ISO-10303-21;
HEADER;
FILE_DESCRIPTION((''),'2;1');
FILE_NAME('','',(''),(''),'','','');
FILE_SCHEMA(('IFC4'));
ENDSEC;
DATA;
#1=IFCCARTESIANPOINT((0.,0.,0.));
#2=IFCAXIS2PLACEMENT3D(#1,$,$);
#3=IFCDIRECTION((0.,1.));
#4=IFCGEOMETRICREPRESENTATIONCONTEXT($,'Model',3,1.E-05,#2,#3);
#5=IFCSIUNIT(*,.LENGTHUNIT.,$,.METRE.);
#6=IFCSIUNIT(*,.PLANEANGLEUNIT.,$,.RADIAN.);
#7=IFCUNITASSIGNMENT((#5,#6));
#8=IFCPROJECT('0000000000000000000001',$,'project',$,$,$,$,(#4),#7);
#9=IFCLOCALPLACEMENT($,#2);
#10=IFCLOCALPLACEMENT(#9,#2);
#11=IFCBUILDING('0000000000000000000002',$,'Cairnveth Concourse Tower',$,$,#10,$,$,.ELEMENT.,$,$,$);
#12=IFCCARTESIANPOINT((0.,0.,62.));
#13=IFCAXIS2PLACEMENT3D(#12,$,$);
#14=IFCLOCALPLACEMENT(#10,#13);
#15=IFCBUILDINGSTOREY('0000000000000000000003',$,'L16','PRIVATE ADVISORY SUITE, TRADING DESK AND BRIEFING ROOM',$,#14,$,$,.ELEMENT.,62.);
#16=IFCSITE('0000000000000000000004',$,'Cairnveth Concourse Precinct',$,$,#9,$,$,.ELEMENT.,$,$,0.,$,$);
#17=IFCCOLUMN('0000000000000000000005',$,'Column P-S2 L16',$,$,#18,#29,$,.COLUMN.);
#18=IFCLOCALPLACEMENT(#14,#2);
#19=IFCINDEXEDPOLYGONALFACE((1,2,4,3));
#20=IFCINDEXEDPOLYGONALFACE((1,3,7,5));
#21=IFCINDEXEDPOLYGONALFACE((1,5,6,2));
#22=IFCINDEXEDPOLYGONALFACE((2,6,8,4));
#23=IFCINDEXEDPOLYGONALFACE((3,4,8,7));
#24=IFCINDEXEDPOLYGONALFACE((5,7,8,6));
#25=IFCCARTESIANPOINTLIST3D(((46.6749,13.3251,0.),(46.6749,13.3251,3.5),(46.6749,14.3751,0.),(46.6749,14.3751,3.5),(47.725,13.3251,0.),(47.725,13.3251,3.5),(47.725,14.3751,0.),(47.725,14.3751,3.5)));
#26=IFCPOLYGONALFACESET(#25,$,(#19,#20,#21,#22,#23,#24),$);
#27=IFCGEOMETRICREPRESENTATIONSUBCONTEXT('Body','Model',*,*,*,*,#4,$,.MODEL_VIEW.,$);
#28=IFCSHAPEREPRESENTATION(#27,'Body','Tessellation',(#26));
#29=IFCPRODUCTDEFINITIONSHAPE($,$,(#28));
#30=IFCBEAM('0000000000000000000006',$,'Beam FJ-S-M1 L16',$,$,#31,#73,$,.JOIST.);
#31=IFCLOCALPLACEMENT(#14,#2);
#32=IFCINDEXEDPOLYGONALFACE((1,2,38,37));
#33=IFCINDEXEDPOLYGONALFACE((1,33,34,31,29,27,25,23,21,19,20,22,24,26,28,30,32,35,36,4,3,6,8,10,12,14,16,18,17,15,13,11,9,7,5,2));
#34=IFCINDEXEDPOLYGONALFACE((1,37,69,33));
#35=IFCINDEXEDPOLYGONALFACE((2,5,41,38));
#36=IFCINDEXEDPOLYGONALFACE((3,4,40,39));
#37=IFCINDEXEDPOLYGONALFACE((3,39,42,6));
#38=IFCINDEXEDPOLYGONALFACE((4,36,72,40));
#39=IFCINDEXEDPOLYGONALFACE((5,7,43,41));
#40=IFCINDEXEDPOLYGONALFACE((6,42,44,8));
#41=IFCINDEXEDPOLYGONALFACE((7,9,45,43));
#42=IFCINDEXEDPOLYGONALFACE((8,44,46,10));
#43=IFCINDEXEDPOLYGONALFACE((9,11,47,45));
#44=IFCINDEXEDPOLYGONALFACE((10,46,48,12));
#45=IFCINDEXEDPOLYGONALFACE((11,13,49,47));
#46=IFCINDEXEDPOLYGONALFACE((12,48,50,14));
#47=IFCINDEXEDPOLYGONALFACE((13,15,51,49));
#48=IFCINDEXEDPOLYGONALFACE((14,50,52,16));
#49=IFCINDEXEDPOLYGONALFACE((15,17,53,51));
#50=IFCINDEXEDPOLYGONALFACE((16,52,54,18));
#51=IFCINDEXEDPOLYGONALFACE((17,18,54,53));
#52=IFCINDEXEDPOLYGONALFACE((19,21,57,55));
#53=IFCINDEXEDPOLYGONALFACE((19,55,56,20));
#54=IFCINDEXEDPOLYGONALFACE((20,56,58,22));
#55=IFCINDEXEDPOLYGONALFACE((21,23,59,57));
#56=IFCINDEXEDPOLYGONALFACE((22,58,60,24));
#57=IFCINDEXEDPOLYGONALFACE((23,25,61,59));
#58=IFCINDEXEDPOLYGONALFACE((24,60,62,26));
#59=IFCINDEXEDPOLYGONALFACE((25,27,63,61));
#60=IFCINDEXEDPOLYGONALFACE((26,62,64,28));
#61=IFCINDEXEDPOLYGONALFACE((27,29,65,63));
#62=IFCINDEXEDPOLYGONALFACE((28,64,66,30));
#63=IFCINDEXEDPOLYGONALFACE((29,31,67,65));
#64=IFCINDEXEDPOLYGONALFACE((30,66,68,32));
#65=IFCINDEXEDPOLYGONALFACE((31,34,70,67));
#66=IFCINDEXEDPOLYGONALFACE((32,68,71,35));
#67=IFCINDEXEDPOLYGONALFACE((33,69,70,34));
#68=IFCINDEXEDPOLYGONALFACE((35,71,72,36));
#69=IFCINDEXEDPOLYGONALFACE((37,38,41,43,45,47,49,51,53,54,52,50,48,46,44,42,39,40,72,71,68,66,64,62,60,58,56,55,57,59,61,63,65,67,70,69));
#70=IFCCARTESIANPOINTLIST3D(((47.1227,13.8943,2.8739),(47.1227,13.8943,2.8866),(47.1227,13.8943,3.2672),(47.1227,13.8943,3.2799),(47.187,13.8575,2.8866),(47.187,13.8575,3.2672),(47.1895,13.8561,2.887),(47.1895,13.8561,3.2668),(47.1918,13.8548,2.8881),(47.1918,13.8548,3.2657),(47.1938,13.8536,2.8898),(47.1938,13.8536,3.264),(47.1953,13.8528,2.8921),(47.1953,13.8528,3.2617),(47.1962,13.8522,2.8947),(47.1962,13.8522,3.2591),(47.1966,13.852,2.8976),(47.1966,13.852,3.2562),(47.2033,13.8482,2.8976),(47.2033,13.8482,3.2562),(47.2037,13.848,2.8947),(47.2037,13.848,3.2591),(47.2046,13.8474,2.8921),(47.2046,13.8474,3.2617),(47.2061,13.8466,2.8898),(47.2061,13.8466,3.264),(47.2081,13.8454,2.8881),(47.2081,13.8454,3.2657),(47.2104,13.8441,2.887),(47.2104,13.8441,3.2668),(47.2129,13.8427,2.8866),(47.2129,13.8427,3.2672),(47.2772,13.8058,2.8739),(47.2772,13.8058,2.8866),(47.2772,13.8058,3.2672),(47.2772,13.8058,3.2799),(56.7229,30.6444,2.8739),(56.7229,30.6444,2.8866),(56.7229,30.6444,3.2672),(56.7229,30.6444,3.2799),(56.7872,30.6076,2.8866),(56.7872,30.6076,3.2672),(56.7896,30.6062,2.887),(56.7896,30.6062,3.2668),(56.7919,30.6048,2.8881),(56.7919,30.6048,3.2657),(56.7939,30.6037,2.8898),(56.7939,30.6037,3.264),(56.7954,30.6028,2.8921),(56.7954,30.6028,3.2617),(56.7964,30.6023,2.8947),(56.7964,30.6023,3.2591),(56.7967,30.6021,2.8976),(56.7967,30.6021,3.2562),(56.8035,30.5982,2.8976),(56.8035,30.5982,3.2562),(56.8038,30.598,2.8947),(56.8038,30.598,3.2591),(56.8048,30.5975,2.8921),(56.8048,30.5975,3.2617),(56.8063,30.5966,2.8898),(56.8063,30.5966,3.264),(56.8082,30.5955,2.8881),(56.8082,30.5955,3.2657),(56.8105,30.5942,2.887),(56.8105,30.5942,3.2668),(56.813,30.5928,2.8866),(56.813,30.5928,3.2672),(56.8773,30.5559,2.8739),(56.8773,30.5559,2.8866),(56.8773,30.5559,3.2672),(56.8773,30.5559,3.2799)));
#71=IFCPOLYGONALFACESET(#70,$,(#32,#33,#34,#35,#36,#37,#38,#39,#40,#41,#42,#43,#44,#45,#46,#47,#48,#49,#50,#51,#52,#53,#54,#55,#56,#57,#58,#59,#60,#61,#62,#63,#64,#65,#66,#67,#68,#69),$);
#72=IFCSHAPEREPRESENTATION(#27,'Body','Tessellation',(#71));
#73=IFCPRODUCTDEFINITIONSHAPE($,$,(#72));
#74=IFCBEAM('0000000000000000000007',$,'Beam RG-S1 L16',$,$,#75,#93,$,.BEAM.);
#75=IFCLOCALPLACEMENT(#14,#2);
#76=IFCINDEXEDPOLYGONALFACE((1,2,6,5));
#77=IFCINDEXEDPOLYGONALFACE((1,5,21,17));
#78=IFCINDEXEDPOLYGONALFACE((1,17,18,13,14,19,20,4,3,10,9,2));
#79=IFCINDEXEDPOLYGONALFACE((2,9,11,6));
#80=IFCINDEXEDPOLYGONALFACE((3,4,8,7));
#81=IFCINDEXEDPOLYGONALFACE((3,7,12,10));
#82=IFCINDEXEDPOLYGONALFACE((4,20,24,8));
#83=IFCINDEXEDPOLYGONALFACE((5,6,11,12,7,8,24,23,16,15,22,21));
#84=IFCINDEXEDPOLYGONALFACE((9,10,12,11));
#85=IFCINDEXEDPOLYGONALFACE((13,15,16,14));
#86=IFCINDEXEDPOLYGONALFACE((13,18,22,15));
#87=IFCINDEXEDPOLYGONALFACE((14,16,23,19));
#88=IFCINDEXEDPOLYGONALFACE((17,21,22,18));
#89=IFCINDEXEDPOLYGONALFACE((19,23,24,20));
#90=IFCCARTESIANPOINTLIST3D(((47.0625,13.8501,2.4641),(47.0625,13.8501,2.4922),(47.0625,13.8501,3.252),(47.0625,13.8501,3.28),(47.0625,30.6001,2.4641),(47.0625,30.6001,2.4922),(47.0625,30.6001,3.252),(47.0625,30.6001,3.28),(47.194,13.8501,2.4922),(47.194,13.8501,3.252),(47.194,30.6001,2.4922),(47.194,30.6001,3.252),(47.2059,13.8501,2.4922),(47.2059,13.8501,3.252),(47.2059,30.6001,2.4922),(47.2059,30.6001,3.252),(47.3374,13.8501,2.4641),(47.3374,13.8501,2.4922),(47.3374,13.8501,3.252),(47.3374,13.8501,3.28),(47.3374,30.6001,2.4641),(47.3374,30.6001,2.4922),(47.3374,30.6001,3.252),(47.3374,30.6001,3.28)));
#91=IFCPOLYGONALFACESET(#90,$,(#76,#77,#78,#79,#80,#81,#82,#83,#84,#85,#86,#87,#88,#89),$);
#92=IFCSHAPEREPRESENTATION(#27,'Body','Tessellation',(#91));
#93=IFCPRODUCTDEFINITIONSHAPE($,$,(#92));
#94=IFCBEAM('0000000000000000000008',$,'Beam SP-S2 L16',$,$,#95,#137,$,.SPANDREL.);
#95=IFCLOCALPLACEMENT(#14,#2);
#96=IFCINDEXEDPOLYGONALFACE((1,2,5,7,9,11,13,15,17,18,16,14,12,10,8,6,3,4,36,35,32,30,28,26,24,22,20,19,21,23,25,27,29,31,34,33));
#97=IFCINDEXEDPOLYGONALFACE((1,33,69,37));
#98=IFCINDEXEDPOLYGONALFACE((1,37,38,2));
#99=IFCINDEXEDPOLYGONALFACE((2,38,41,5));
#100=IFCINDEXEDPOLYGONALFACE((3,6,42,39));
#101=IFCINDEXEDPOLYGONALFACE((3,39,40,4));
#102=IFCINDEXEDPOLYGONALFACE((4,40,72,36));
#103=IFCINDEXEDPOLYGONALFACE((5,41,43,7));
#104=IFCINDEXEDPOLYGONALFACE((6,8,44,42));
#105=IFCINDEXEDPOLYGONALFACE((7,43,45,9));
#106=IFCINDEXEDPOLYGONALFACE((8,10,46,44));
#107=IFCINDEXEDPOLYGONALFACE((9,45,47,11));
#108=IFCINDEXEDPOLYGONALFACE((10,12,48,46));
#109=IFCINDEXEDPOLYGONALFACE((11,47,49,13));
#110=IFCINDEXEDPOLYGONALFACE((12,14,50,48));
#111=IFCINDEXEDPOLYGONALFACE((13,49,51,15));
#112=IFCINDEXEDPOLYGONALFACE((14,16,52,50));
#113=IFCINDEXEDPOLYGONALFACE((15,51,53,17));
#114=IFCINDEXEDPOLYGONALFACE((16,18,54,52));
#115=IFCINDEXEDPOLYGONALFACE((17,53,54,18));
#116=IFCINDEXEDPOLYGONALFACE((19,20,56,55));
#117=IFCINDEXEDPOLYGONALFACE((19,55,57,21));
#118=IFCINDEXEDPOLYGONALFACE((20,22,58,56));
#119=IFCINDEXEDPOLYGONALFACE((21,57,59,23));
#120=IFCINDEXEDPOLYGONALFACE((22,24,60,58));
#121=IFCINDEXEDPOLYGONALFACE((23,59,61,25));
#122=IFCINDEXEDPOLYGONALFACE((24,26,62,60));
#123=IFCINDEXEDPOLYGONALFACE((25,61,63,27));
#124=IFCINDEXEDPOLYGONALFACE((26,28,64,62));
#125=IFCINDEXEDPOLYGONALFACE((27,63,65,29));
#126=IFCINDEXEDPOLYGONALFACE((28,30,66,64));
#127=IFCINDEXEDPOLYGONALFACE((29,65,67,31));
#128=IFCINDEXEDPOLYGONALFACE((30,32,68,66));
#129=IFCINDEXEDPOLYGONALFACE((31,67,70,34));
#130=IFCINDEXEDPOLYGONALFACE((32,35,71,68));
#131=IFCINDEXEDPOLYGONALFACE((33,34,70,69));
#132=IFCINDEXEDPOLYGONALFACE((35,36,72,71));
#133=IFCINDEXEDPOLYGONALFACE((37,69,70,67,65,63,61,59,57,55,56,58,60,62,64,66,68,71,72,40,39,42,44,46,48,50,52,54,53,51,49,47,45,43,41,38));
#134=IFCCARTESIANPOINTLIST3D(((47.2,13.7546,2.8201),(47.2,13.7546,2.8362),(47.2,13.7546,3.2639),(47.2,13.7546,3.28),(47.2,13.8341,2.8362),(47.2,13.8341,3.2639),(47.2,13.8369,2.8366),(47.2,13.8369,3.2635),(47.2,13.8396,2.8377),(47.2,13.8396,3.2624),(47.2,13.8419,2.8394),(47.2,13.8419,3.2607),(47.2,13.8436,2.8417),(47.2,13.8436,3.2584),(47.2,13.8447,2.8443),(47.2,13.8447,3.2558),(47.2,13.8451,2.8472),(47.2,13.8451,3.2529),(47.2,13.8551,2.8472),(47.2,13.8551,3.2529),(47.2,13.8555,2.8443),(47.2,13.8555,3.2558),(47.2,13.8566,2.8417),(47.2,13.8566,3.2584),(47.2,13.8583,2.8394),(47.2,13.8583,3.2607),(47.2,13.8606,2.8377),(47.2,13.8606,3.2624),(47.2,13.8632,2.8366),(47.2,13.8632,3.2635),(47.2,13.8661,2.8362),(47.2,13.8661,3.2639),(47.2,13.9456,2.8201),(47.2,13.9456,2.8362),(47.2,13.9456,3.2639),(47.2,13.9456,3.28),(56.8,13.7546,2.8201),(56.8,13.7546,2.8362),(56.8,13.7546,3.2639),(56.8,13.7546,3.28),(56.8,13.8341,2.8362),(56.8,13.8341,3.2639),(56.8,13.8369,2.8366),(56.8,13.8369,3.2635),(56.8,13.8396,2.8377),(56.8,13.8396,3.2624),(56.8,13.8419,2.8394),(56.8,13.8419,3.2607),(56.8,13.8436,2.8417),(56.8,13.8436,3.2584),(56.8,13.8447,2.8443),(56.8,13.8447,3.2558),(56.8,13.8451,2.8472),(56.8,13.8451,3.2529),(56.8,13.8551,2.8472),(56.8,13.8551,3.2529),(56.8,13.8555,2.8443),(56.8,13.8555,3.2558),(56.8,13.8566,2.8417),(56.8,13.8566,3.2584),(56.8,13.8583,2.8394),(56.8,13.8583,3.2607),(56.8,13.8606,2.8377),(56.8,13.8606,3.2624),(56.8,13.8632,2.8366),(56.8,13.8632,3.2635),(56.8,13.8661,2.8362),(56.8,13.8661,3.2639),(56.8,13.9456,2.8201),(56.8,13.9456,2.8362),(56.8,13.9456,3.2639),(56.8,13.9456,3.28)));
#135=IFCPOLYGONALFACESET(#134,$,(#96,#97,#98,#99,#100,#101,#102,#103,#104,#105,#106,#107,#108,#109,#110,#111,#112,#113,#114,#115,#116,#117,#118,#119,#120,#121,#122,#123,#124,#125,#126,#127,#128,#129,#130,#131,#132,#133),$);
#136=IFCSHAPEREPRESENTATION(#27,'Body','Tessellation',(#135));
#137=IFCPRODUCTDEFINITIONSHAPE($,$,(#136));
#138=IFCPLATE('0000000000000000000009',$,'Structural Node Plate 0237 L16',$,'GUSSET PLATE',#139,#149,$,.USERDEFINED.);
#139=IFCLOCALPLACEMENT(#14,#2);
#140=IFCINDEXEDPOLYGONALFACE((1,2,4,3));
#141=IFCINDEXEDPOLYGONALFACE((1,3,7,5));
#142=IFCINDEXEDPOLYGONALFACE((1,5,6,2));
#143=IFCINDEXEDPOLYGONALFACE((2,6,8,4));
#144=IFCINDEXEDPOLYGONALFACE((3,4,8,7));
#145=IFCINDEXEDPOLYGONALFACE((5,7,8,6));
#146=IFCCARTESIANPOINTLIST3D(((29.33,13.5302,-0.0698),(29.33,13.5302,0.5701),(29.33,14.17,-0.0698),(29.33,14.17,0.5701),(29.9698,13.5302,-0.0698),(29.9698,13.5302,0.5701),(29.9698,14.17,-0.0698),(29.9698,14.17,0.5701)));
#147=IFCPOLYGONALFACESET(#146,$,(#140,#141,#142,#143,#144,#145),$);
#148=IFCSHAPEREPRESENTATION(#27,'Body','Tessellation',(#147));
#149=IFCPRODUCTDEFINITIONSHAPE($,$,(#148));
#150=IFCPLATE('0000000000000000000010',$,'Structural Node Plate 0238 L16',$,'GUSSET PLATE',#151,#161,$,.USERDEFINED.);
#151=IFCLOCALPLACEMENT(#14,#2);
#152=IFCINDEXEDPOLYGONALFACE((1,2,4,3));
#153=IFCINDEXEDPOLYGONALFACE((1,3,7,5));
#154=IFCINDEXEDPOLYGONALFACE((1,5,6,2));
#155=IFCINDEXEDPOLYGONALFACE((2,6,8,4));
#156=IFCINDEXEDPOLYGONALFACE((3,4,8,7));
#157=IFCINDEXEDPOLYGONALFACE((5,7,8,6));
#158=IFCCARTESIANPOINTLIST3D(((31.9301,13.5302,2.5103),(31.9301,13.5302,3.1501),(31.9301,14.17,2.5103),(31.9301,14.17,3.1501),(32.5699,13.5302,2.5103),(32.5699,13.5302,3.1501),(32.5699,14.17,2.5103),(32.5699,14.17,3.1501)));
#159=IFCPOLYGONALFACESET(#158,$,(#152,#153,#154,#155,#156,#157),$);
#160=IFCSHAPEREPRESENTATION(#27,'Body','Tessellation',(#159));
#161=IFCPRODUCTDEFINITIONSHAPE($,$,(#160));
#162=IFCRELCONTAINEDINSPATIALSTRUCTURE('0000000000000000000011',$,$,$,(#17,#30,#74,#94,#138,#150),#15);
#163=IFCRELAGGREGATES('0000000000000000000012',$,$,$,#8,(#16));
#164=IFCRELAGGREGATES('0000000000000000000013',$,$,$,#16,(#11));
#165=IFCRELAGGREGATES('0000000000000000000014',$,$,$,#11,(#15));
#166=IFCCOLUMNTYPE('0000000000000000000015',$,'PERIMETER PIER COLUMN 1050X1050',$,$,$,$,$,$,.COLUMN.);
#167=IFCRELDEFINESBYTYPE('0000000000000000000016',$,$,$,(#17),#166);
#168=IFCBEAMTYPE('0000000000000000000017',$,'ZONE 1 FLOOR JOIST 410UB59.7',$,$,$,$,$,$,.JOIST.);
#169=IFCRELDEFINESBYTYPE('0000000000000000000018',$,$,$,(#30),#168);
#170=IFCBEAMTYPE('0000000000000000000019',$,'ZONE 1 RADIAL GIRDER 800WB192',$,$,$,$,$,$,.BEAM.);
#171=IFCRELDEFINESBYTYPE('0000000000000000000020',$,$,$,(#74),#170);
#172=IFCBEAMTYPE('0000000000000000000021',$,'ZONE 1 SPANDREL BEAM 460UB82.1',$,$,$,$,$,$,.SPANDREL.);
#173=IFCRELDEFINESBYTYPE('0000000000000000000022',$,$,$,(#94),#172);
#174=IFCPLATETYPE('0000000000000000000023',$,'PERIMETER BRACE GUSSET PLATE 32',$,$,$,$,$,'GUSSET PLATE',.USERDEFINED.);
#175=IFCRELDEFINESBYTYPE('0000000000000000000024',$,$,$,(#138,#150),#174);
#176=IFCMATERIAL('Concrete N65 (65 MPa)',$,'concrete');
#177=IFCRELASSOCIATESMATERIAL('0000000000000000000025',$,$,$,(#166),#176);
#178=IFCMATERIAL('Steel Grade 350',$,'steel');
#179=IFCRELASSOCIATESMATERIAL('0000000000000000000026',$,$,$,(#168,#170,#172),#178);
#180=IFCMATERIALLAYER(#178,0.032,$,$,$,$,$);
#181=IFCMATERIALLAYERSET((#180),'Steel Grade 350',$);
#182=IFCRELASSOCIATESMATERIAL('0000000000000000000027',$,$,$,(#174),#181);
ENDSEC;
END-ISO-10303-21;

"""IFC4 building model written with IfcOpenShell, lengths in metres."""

from ifc_helpers import new_model, si_unit, direction, frame, origin, origin_2d, place, context, subcontext, project, spatial, rectangle, i_section, extrude, material, layer, layer_set, material_profile, profile_set, type_object, element, save


model = new_model("IFC4")

# Units and contexts
model_context = context("Model", 3, precision=1e-05, world=origin(), true_north=direction((0.0, 1.0)))
body_context = subcontext(model_context, "Body", "Model", "MODEL_VIEW")
ifc_project = project(units=[si_unit("LENGTHUNIT", "METRE"), si_unit("PLANEANGLEUNIT", "RADIAN")], contexts=[model_context])

# Site, building, storey
site_placement = place(None, origin())
site = spatial("IfcSite", under=ifc_project, at=site_placement, Name="Cairnveth Concourse Precinct", CompositionType="ELEMENT", RefElevation=0.0)
building_placement = place(site_placement, origin())
building = spatial("IfcBuilding", under=site, at=building_placement, Name="Cairnveth Concourse Tower", CompositionType="ELEMENT")
storey_placement = place(building_placement, frame((0.0, 0.0, 62.0)))
storey = spatial("IfcBuildingStorey", under=building, at=storey_placement, Name="L16", Description="PRIVATE ADVISORY SUITE, TRADING DESK AND BRIEFING ROOM", CompositionType="ELEMENT", Elevation=62.0)

# Column
ifc_material_1 = material(Name="Concrete N65 (65 MPa)", Category="concrete")
ifc_material_profile_1 = material_profile(ifc_material_1, rectangle(XDim=1.05, YDim=1.05, at=origin_2d()), Name="RC-COL-1050x1050")
ifc_profile_set_1 = profile_set([ifc_material_profile_1], Name="Concrete N65 (65 MPa)")
column_type = type_object("IfcColumnType", Name="PERIMETER PIER COLUMN 1050X1050", PredefinedType="COLUMN", material=ifc_profile_set_1)
column_placement = place(storey_placement, frame((47.2, 13.8501, 0.0), z_axis=(0.0, 0.0, 1.0), x_axis=(1.0, 0.0, 0.0)))
element("IfcColumn", 1, at=column_placement, inside=storey, type_object=column_type, Name="Column P-S2 L16", PredefinedType="COLUMN", context=body_context, shape_type="SweptSolid", body=[
    extrude(rectangle(XDim=1.05, YDim=1.05, at=origin_2d()), origin(), (0.0, 0.0, 1.0), 3.5),
])

# Beams
ifc_material_2 = material(Name="Steel Grade 350", Category="steel")
ifc_material_profile_2 = material_profile(ifc_material_2, i_section(OverallWidth=0.178, OverallDepth=0.406, WebThickness=0.0078, FlangeThickness=0.0127, FilletRadius=0.011, at=origin_2d()), Name="410UB59.7")
ifc_profile_set_2 = profile_set([ifc_material_profile_2], Name="Steel Grade 350")
beam_type_1 = type_object("IfcBeamType", Name="ZONE 1 FLOOR JOIST 410UB59.7", PredefinedType="JOIST", material=ifc_profile_set_2)
beam_1_placement = place(storey_placement, frame((47.2, 13.8501, 3.0769), z_axis=(0.497258, 0.867603, 0.0), x_axis=(-0.867603, 0.497258, 0.0)))
element("IfcBeam", 2, at=beam_1_placement, inside=storey, type_object=beam_type_1, Name="Beam FJ-S-M1 L16", PredefinedType="JOIST", context=body_context, shape_type="SweptSolid", body=[
    extrude(i_section(OverallWidth=0.178, OverallDepth=0.406, WebThickness=0.0078, FlangeThickness=0.0127, FilletRadius=0.011, at=origin_2d()), origin(), (0.0, 0.0, 1.0), 19.3062),
])
ifc_material_profile_3 = material_profile(ifc_material_2, i_section(OverallWidth=0.2749, OverallDepth=0.8159, WebThickness=0.012, FlangeThickness=0.0281, at=origin_2d()), Name="800WB192")
ifc_profile_set_3 = profile_set([ifc_material_profile_3], Name="Steel Grade 350")
beam_type_2 = type_object("IfcBeamType", Name="ZONE 1 RADIAL GIRDER 800WB192", PredefinedType="BEAM", material=ifc_profile_set_3)
beam_2_placement = place(storey_placement, frame((47.2, 13.8501, 2.8721), z_axis=(0.0, 1.0, 0.0), x_axis=(-1.0, 0.0, 0.0)))
element("IfcBeam", 3, at=beam_2_placement, inside=storey, type_object=beam_type_2, Name="Beam RG-S1 L16", PredefinedType="BEAM", context=body_context, shape_type="SweptSolid", body=[
    extrude(i_section(OverallWidth=0.2749, OverallDepth=0.8159, WebThickness=0.012, FlangeThickness=0.0281, at=origin_2d()), origin(), (0.0, 0.0, 1.0), 16.75),
])
ifc_material_profile_4 = material_profile(ifc_material_2, i_section(OverallWidth=0.1909, OverallDepth=0.46, WebThickness=0.01, FlangeThickness=0.0161, FilletRadius=0.011, at=origin_2d()), Name="460UB82.1")
ifc_profile_set_4 = profile_set([ifc_material_profile_4], Name="Steel Grade 350")
beam_type_3 = type_object("IfcBeamType", Name="ZONE 1 SPANDREL BEAM 460UB82.1", PredefinedType="SPANDREL", material=ifc_profile_set_4)
beam_3_placement = place(storey_placement, frame((47.2, 13.8501, 3.05), z_axis=(1.0, 0.0, 0.0), x_axis=(0.0, 1.0, 0.0)))
element("IfcBeam", 4, at=beam_3_placement, inside=storey, type_object=beam_type_3, Name="Beam SP-S2 L16", PredefinedType="SPANDREL", context=body_context, shape_type="SweptSolid", body=[
    extrude(i_section(OverallWidth=0.1909, OverallDepth=0.46, WebThickness=0.01, FlangeThickness=0.0161, FilletRadius=0.011, at=origin_2d()), origin(), (0.0, 0.0, 1.0), 9.6001),
])

# Plates
ifc_layer_1 = layer(ifc_material_2, 0.032)
ifc_layer_set_1 = layer_set([ifc_layer_1], Name="Steel Grade 350")
plate_type = type_object("IfcPlateType", Name="PERIMETER BRACE GUSSET PLATE 32", ElementType="GUSSET PLATE", PredefinedType="USERDEFINED", material=ifc_layer_set_1)
for number, where, z_axis, x_axis, name in (
    (5, (29.6499, 13.8501, -0.0698), (0.0, 0.0, 1.0), (1.0, 0.0, 0.0), "Structural Node Plate 0237 L16"),
    (6, (32.25, 13.8501, 2.5103), (0.0, 0.0, 1.0), (1.0, 0.0, 0.0), "Structural Node Plate 0238 L16"),
):
    element("IfcPlate", number, at=place(storey_placement, frame(where, z_axis=z_axis, x_axis=x_axis)), inside=storey, type_object=plate_type, Name=name, ObjectType="GUSSET PLATE", PredefinedType="USERDEFINED", context=body_context, shape_type="SweptSolid", body=[
        extrude(rectangle(XDim=0.6399, YDim=0.6399, at=origin_2d()), origin(), (0.0, 0.0, 1.0), 0.6399),
    ])

save(model, "model.ifc")
